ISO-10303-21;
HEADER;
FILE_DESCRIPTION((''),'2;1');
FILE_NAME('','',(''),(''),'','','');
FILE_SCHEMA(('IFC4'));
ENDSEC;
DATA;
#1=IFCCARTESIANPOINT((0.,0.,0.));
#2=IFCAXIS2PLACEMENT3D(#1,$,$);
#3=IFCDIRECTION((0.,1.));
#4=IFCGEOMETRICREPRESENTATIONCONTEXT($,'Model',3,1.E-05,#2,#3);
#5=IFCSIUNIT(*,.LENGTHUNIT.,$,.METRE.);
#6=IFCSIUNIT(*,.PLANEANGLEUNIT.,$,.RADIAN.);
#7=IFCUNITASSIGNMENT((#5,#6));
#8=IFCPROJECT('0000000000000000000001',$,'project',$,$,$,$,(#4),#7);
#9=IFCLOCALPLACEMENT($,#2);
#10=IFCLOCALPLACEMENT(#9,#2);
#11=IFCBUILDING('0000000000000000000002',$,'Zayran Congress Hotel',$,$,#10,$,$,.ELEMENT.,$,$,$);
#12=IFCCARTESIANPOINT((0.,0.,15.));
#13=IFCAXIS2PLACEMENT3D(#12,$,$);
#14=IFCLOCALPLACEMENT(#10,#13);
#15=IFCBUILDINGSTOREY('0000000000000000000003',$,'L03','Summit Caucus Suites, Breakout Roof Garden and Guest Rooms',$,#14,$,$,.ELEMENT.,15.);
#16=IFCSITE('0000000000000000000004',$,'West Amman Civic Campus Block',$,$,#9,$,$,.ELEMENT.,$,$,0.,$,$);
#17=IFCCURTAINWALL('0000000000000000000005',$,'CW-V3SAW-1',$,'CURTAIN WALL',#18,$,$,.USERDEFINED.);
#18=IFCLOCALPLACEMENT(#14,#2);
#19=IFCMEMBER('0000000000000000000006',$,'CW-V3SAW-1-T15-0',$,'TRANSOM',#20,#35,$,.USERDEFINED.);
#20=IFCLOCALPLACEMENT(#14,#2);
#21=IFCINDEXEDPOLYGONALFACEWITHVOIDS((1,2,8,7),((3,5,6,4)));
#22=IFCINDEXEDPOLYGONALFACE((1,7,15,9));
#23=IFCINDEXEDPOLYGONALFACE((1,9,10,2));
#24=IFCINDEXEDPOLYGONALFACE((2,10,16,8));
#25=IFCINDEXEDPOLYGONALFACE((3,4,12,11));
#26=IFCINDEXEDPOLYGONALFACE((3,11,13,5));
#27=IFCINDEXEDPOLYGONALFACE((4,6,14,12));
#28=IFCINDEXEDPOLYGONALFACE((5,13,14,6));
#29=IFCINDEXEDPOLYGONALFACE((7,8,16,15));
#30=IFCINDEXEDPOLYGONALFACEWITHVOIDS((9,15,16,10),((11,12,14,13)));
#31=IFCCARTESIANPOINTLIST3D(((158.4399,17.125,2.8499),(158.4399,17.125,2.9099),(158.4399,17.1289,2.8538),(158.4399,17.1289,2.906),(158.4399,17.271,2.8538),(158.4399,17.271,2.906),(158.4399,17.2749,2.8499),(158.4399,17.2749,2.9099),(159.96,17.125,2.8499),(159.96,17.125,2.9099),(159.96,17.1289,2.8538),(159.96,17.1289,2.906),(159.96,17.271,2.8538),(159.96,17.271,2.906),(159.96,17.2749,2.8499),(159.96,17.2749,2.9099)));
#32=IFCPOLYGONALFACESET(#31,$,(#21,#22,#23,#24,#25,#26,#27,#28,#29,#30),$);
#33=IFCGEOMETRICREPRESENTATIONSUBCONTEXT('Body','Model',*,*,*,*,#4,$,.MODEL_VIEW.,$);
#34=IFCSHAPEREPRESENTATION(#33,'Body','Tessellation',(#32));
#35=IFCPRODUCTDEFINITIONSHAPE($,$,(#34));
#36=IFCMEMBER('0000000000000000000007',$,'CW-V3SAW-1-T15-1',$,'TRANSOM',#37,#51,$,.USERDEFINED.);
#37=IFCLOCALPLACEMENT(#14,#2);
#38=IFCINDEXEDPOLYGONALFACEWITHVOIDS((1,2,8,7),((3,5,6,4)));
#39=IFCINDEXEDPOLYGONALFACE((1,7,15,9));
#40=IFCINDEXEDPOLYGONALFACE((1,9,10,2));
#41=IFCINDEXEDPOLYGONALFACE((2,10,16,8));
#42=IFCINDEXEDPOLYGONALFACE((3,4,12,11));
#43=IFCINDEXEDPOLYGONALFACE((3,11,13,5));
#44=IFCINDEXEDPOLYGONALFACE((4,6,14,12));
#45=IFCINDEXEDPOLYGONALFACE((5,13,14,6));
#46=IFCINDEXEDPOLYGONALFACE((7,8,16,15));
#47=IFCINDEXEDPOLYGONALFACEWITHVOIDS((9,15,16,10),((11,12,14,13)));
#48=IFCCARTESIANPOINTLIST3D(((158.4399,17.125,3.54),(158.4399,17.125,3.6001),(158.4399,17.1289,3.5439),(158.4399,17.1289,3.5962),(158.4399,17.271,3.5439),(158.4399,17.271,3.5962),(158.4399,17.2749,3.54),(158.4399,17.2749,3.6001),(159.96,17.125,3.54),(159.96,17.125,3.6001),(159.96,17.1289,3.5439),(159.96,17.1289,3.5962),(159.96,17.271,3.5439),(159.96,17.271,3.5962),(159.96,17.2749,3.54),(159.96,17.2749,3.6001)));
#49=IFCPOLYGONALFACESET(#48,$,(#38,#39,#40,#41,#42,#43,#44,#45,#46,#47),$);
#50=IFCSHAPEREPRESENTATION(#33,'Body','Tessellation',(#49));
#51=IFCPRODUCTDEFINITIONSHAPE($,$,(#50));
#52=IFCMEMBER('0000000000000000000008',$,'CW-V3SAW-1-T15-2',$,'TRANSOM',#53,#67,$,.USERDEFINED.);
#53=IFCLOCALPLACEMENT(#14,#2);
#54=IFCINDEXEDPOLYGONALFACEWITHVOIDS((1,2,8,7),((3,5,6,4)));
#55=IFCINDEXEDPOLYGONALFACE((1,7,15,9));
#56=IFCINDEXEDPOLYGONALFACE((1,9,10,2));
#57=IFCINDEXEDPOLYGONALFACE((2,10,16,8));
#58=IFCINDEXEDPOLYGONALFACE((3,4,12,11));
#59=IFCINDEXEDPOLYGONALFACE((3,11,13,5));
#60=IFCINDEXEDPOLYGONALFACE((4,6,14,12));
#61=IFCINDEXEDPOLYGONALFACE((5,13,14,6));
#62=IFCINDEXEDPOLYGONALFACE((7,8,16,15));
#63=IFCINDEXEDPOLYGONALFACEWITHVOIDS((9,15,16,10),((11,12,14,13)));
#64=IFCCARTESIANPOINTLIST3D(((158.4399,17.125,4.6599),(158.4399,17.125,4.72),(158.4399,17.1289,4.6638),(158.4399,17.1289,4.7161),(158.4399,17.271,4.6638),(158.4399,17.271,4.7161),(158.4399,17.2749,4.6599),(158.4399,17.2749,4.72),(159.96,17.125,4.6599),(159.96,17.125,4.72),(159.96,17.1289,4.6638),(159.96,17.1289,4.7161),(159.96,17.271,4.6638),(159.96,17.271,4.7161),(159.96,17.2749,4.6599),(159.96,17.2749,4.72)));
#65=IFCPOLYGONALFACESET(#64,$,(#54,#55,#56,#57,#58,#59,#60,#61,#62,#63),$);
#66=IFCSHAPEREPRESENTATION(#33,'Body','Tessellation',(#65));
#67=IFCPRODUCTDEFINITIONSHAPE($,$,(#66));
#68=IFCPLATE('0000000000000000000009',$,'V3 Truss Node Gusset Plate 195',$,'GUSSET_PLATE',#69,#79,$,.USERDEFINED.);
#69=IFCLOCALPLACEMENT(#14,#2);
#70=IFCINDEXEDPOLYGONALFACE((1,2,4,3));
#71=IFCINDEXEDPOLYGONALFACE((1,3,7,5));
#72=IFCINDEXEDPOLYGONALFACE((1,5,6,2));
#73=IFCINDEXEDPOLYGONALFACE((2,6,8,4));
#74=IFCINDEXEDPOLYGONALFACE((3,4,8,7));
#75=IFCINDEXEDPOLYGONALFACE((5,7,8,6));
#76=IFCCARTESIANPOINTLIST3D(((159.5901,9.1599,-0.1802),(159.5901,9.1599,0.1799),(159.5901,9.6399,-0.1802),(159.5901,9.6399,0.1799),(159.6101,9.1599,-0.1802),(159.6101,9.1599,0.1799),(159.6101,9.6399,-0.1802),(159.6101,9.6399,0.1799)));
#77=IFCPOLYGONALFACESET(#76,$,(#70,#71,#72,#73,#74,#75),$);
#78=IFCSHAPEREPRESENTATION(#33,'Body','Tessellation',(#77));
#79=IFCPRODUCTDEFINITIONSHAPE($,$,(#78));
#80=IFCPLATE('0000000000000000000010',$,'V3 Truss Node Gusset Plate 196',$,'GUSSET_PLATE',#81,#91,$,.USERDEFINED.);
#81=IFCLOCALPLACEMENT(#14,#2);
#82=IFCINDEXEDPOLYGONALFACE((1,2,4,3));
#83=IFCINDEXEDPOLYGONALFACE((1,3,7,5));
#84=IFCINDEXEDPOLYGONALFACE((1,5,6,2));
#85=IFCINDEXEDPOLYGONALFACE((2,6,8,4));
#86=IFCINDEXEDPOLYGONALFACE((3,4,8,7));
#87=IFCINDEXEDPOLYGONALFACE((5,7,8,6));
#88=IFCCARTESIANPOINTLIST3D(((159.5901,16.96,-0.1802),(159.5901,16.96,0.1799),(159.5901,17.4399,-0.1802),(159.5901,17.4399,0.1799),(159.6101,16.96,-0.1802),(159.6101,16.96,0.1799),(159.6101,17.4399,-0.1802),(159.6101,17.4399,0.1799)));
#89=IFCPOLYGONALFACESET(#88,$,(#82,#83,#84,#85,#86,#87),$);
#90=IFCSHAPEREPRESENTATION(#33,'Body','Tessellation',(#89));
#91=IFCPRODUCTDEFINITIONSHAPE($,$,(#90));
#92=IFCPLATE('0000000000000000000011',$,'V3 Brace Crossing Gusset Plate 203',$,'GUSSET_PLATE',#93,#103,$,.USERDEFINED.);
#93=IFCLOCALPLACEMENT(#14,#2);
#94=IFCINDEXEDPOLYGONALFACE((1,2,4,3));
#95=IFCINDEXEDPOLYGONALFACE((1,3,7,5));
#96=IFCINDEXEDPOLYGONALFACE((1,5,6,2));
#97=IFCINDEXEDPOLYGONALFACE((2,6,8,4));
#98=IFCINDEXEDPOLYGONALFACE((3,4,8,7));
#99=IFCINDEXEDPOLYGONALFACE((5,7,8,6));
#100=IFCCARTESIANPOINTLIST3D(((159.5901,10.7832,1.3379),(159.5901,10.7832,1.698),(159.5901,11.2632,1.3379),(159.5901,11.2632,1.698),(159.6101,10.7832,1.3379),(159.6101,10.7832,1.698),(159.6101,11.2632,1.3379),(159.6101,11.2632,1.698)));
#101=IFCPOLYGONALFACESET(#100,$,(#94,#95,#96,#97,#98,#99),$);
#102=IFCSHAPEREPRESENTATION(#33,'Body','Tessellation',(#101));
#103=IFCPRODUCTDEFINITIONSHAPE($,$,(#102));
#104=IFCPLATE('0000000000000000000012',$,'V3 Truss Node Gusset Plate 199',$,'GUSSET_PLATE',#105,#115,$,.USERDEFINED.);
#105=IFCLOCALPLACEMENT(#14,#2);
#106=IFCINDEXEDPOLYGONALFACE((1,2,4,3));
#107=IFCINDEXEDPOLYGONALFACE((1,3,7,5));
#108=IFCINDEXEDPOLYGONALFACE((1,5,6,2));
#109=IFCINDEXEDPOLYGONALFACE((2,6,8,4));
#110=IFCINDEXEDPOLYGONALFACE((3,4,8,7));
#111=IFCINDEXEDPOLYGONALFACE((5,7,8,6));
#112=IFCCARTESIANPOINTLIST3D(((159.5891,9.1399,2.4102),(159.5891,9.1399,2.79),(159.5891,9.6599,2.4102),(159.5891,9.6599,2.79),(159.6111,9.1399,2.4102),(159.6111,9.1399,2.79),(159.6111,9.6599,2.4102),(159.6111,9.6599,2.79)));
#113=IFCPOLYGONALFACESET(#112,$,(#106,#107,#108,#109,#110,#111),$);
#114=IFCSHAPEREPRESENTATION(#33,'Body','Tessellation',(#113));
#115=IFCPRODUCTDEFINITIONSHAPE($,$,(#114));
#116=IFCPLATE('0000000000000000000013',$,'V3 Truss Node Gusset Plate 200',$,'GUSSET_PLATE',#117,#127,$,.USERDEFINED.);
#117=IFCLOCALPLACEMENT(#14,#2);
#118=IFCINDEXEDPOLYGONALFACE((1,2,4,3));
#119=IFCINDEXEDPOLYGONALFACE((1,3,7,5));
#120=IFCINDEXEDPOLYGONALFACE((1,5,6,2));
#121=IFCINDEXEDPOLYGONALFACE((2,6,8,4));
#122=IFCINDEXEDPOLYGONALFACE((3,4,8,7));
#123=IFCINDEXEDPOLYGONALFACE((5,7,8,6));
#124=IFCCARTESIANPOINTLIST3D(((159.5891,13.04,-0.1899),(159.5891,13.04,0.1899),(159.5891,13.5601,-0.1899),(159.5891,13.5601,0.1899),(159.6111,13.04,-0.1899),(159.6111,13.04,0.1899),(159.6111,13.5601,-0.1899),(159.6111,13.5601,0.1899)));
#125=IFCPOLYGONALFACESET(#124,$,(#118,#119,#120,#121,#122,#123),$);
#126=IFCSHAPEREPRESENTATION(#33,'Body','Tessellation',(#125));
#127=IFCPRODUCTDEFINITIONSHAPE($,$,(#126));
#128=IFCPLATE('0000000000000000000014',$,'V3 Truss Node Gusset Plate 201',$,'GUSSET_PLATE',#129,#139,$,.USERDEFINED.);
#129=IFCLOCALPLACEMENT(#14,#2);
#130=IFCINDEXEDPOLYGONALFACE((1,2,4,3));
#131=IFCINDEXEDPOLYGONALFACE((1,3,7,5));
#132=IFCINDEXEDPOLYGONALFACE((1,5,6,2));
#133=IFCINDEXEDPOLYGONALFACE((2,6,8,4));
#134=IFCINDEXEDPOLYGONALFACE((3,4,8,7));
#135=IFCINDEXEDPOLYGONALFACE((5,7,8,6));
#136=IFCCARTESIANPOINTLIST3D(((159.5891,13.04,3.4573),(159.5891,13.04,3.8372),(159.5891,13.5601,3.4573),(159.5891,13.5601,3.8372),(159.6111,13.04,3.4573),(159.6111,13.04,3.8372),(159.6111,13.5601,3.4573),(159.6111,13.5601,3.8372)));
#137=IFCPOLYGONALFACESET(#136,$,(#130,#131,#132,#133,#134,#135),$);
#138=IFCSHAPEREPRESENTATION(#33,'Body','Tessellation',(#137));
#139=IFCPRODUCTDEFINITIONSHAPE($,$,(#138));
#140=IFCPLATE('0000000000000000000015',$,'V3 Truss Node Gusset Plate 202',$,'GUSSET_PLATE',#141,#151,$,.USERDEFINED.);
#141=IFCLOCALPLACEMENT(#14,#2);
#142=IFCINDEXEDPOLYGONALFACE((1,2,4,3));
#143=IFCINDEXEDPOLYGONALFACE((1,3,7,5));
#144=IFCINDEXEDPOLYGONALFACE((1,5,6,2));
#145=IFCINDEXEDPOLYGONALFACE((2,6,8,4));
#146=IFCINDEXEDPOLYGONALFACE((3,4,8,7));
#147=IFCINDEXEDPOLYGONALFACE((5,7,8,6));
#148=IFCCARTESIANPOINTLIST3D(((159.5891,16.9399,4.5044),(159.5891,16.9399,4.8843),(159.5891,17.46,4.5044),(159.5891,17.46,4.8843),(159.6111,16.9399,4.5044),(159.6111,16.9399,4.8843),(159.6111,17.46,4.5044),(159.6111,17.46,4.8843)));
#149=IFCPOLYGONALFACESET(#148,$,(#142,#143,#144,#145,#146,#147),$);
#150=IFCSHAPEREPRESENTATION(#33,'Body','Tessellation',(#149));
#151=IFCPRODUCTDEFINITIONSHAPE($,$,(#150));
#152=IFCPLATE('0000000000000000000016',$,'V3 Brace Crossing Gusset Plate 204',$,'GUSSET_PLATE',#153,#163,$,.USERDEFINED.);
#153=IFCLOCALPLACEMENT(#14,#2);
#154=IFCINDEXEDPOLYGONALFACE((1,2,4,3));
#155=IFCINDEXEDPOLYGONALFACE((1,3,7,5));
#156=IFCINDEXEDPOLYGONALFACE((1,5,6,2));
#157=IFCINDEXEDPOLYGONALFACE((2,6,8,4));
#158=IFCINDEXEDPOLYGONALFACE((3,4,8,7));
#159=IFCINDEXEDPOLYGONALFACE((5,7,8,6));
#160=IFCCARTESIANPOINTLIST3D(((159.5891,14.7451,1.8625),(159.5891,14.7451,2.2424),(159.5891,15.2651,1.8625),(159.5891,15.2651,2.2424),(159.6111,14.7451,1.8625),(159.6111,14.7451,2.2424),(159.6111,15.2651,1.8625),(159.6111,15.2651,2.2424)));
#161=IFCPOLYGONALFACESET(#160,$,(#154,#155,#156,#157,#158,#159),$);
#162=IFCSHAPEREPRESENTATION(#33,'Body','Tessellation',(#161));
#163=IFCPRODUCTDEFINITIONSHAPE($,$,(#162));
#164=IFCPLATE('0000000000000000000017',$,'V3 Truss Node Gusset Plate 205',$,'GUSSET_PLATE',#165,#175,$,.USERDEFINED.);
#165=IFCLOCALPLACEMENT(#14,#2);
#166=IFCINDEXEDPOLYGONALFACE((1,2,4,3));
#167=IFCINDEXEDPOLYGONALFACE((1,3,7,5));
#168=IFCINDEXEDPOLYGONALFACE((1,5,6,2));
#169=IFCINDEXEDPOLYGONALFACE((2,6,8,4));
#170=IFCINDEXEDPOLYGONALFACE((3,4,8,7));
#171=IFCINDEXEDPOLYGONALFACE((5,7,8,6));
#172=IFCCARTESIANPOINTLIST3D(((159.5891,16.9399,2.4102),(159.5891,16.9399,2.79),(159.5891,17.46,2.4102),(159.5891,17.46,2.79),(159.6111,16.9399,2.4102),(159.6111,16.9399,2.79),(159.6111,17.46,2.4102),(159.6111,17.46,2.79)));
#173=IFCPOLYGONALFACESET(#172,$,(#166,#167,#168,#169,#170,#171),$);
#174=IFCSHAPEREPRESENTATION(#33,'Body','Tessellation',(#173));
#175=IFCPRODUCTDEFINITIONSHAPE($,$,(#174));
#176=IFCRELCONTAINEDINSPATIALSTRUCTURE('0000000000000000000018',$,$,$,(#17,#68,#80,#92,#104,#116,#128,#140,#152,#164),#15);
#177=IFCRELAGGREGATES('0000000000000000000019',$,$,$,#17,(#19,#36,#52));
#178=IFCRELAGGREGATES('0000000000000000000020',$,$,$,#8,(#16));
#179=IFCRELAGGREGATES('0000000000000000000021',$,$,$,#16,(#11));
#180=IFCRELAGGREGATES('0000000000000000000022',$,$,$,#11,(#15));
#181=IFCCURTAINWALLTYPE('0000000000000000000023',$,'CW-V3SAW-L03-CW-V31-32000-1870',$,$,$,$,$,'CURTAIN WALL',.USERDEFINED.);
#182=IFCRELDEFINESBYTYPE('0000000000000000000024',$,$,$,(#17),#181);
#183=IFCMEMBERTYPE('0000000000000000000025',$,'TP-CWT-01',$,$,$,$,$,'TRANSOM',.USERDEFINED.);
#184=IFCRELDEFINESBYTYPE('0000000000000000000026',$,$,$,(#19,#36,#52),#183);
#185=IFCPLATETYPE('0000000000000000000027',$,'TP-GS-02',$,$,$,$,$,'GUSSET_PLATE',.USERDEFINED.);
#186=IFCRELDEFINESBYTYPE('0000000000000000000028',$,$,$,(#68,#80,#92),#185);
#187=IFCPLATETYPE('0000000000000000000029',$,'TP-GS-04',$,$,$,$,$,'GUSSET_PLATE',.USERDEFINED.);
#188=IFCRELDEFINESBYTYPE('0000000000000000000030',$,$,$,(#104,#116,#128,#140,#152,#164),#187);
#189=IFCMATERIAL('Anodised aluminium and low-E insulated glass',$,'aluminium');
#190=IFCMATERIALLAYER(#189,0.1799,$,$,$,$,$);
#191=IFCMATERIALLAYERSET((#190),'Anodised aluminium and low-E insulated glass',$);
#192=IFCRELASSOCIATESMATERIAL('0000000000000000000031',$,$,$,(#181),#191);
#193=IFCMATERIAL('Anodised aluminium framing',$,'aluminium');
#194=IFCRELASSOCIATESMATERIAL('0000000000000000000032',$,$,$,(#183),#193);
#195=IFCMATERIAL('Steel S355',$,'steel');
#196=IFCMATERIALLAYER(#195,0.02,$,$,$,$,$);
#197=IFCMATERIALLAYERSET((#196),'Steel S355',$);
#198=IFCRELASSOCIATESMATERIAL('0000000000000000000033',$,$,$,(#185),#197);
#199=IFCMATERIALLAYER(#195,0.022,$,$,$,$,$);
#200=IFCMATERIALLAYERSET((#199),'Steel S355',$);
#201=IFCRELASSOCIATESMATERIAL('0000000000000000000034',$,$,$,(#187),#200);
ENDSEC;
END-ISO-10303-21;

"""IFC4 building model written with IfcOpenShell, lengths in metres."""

from ifc_helpers import new_model, si_unit, direction, frame, origin, origin_2d, place, context, subcontext, project, spatial, rectangle, hollow_rectangle, extrude, material, layer, layer_set, material_profile, profile_set, type_object, element, aggregate, save


model = new_model("IFC4")

# Units and contexts
model_context = context("Model", 3, precision=1e-05, world=origin(), true_north=direction((0.0, 1.0)))
body_context = subcontext(model_context, "Body", "Model", "MODEL_VIEW")
ifc_project = project(units=[si_unit("LENGTHUNIT", "METRE"), si_unit("PLANEANGLEUNIT", "RADIAN")], contexts=[model_context])

# Site, building, storey
site_placement = place(None, origin())
site = spatial("IfcSite", under=ifc_project, at=site_placement, Name="West Amman Civic Campus Block", CompositionType="ELEMENT", RefElevation=0.0)
building_placement = place(site_placement, origin())
building = spatial("IfcBuilding", under=site, at=building_placement, Name="Zayran Congress Hotel", CompositionType="ELEMENT")
storey_placement = place(building_placement, frame((0.0, 0.0, 15.0)))
storey = spatial("IfcBuildingStorey", under=building, at=storey_placement, Name="L03", Description="Summit Caucus Suites, Breakout Roof Garden and Guest Rooms", CompositionType="ELEMENT", Elevation=15.0)

# Shared definitions
ifc_material_1 = material(Name="Steel S355", Category="steel")

# Curtain wall, members
ifc_material_2 = material(Name="Anodised aluminium and low-E insulated glass", Category="aluminium")
ifc_layer_1 = layer(ifc_material_2, 0.1799)
ifc_layer_set_1 = layer_set([ifc_layer_1], Name="Anodised aluminium and low-E insulated glass")
curtain_wall_type = type_object("IfcCurtainWallType", Name="CW-V3SAW-L03-CW-V31-32000-1870", ElementType="CURTAIN WALL", PredefinedType="USERDEFINED", material=ifc_layer_set_1)
curtain_wall_placement = place(storey_placement, origin())
curtain_wall = element("IfcCurtainWall", 1, at=curtain_wall_placement, inside=storey, type_object=curtain_wall_type, Name="CW-V3SAW-1", ObjectType="CURTAIN WALL", PredefinedType="USERDEFINED")
ifc_material_3 = material(Name="Anodised aluminium framing", Category="aluminium")
ifc_material_profile_1 = material_profile(ifc_material_3, hollow_rectangle(XDim=0.0601, YDim=0.1499, WallThickness=0.0039, at=origin_2d()), Name="RHS 150x60x4")
ifc_profile_set_1 = profile_set([ifc_material_profile_1], Name="Anodised aluminium framing")
member_type_1 = type_object("IfcMemberType", Name="TP-CWT-01", ElementType="TRANSOM", PredefinedType="USERDEFINED", material=ifc_profile_set_1)
member_1_placement = place(storey_placement, frame((159.96, 17.2, 2.8799), z_axis=(-1.0, 0.0, 0.0), x_axis=(0.0, 0.0, 1.0)))
member_1 = element("IfcMember", 2, at=member_1_placement, type_object=member_type_1, Name="CW-V3SAW-1-T15-0", ObjectType="TRANSOM", PredefinedType="USERDEFINED", context=body_context, shape_type="SweptSolid", body=[
    extrude(hollow_rectangle(XDim=0.0601, YDim=0.1499, WallThickness=0.0039, at=origin_2d()), origin(), (0.0, 0.0, 1.0), 1.52),
])
member_2_placement = place(storey_placement, frame((159.96, 17.2, 3.5701), z_axis=(-1.0, 0.0, 0.0), x_axis=(0.0, 0.0, 1.0)))
member_2 = element("IfcMember", 3, at=member_2_placement, type_object=member_type_1, Name="CW-V3SAW-1-T15-1", ObjectType="TRANSOM", PredefinedType="USERDEFINED", context=body_context, shape_type="SweptSolid", body=[
    extrude(hollow_rectangle(XDim=0.0601, YDim=0.1499, WallThickness=0.0039, at=origin_2d()), origin(), (0.0, 0.0, 1.0), 1.52),
])
member_3_placement = place(storey_placement, frame((159.96, 17.2, 4.6899), z_axis=(-1.0, 0.0, 0.0), x_axis=(0.0, 0.0, 1.0)))
member_3 = element("IfcMember", 4, at=member_3_placement, type_object=member_type_1, Name="CW-V3SAW-1-T15-2", ObjectType="TRANSOM", PredefinedType="USERDEFINED", context=body_context, shape_type="SweptSolid", body=[
    extrude(hollow_rectangle(XDim=0.0601, YDim=0.1499, WallThickness=0.0039, at=origin_2d()), origin(), (0.0, 0.0, 1.0), 1.52),
])
aggregate(curtain_wall, [member_1, member_2, member_3])

# Plates
ifc_layer_2 = layer(ifc_material_1, 0.02)
ifc_layer_set_2 = layer_set([ifc_layer_2], Name="Steel S355")
plate_type_1 = type_object("IfcPlateType", Name="TP-GS-02", ElementType="GUSSET_PLATE", PredefinedType="USERDEFINED", material=ifc_layer_set_2)
for number, where, z_axis, x_axis, name in (
    (5, (159.6001, 9.3999, -0.1802), (0.0, 0.0, 1.0), (0.0, 1.0, 0.0), "V3 Truss Node Gusset Plate 195"),
    (6, (159.6001, 17.2, -0.1802), (0.0, 0.0, 1.0), (0.0, 1.0, 0.0), "V3 Truss Node Gusset Plate 196"),
    (7, (159.6001, 11.0232, 1.3379), (0.0, 0.0, 1.0), (0.0, 1.0, 0.0), "V3 Brace Crossing Gusset Plate 203"),
):
    element("IfcPlate", number, at=place(storey_placement, frame(where, z_axis=z_axis, x_axis=x_axis)), inside=storey, type_object=plate_type_1, Name=name, ObjectType="GUSSET_PLATE", PredefinedType="USERDEFINED", context=body_context, shape_type="SweptSolid", body=[
        extrude(rectangle(XDim=0.48, YDim=0.02, at=origin_2d()), origin(), (0.0, 0.0, 1.0), 0.3601),
    ])
ifc_layer_3 = layer(ifc_material_1, 0.022)
ifc_layer_set_3 = layer_set([ifc_layer_3], Name="Steel S355")
plate_type_2 = type_object("IfcPlateType", Name="TP-GS-04", ElementType="GUSSET_PLATE", PredefinedType="USERDEFINED", material=ifc_layer_set_3)
for number, where, z_axis, x_axis, name in (
    (8, (159.6001, 9.3999, 2.4102), (0.0, 0.0, 1.0), (0.0, 1.0, 0.0), "V3 Truss Node Gusset Plate 199"),
    (9, (159.6001, 13.3, -0.1899), (0.0, 0.0, 1.0), (0.0, 1.0, 0.0), "V3 Truss Node Gusset Plate 200"),
    (10, (159.6001, 13.3, 3.4573), (0.0, 0.0, 1.0), (0.0, 1.0, 0.0), "V3 Truss Node Gusset Plate 201"),
    (11, (159.6001, 17.2, 4.5044), (0.0, 0.0, 1.0), (0.0, 1.0, 0.0), "V3 Truss Node Gusset Plate 202"),
    (12, (159.6001, 15.0051, 1.8625), (0.0, 0.0, 1.0), (0.0, 1.0, 0.0), "V3 Brace Crossing Gusset Plate 204"),
    (13, (159.6001, 17.2, 2.4102), (0.0, 0.0, 1.0), (0.0, 1.0, 0.0), "V3 Truss Node Gusset Plate 205"),
):
    element("IfcPlate", number, at=place(storey_placement, frame(where, z_axis=z_axis, x_axis=x_axis)), inside=storey, type_object=plate_type_2, Name=name, ObjectType="GUSSET_PLATE", PredefinedType="USERDEFINED", context=body_context, shape_type="SweptSolid", body=[
        extrude(rectangle(XDim=0.52, YDim=0.022, at=origin_2d()), origin(), (0.0, 0.0, 1.0), 0.3799),
    ])

save(model, "model.ifc")
